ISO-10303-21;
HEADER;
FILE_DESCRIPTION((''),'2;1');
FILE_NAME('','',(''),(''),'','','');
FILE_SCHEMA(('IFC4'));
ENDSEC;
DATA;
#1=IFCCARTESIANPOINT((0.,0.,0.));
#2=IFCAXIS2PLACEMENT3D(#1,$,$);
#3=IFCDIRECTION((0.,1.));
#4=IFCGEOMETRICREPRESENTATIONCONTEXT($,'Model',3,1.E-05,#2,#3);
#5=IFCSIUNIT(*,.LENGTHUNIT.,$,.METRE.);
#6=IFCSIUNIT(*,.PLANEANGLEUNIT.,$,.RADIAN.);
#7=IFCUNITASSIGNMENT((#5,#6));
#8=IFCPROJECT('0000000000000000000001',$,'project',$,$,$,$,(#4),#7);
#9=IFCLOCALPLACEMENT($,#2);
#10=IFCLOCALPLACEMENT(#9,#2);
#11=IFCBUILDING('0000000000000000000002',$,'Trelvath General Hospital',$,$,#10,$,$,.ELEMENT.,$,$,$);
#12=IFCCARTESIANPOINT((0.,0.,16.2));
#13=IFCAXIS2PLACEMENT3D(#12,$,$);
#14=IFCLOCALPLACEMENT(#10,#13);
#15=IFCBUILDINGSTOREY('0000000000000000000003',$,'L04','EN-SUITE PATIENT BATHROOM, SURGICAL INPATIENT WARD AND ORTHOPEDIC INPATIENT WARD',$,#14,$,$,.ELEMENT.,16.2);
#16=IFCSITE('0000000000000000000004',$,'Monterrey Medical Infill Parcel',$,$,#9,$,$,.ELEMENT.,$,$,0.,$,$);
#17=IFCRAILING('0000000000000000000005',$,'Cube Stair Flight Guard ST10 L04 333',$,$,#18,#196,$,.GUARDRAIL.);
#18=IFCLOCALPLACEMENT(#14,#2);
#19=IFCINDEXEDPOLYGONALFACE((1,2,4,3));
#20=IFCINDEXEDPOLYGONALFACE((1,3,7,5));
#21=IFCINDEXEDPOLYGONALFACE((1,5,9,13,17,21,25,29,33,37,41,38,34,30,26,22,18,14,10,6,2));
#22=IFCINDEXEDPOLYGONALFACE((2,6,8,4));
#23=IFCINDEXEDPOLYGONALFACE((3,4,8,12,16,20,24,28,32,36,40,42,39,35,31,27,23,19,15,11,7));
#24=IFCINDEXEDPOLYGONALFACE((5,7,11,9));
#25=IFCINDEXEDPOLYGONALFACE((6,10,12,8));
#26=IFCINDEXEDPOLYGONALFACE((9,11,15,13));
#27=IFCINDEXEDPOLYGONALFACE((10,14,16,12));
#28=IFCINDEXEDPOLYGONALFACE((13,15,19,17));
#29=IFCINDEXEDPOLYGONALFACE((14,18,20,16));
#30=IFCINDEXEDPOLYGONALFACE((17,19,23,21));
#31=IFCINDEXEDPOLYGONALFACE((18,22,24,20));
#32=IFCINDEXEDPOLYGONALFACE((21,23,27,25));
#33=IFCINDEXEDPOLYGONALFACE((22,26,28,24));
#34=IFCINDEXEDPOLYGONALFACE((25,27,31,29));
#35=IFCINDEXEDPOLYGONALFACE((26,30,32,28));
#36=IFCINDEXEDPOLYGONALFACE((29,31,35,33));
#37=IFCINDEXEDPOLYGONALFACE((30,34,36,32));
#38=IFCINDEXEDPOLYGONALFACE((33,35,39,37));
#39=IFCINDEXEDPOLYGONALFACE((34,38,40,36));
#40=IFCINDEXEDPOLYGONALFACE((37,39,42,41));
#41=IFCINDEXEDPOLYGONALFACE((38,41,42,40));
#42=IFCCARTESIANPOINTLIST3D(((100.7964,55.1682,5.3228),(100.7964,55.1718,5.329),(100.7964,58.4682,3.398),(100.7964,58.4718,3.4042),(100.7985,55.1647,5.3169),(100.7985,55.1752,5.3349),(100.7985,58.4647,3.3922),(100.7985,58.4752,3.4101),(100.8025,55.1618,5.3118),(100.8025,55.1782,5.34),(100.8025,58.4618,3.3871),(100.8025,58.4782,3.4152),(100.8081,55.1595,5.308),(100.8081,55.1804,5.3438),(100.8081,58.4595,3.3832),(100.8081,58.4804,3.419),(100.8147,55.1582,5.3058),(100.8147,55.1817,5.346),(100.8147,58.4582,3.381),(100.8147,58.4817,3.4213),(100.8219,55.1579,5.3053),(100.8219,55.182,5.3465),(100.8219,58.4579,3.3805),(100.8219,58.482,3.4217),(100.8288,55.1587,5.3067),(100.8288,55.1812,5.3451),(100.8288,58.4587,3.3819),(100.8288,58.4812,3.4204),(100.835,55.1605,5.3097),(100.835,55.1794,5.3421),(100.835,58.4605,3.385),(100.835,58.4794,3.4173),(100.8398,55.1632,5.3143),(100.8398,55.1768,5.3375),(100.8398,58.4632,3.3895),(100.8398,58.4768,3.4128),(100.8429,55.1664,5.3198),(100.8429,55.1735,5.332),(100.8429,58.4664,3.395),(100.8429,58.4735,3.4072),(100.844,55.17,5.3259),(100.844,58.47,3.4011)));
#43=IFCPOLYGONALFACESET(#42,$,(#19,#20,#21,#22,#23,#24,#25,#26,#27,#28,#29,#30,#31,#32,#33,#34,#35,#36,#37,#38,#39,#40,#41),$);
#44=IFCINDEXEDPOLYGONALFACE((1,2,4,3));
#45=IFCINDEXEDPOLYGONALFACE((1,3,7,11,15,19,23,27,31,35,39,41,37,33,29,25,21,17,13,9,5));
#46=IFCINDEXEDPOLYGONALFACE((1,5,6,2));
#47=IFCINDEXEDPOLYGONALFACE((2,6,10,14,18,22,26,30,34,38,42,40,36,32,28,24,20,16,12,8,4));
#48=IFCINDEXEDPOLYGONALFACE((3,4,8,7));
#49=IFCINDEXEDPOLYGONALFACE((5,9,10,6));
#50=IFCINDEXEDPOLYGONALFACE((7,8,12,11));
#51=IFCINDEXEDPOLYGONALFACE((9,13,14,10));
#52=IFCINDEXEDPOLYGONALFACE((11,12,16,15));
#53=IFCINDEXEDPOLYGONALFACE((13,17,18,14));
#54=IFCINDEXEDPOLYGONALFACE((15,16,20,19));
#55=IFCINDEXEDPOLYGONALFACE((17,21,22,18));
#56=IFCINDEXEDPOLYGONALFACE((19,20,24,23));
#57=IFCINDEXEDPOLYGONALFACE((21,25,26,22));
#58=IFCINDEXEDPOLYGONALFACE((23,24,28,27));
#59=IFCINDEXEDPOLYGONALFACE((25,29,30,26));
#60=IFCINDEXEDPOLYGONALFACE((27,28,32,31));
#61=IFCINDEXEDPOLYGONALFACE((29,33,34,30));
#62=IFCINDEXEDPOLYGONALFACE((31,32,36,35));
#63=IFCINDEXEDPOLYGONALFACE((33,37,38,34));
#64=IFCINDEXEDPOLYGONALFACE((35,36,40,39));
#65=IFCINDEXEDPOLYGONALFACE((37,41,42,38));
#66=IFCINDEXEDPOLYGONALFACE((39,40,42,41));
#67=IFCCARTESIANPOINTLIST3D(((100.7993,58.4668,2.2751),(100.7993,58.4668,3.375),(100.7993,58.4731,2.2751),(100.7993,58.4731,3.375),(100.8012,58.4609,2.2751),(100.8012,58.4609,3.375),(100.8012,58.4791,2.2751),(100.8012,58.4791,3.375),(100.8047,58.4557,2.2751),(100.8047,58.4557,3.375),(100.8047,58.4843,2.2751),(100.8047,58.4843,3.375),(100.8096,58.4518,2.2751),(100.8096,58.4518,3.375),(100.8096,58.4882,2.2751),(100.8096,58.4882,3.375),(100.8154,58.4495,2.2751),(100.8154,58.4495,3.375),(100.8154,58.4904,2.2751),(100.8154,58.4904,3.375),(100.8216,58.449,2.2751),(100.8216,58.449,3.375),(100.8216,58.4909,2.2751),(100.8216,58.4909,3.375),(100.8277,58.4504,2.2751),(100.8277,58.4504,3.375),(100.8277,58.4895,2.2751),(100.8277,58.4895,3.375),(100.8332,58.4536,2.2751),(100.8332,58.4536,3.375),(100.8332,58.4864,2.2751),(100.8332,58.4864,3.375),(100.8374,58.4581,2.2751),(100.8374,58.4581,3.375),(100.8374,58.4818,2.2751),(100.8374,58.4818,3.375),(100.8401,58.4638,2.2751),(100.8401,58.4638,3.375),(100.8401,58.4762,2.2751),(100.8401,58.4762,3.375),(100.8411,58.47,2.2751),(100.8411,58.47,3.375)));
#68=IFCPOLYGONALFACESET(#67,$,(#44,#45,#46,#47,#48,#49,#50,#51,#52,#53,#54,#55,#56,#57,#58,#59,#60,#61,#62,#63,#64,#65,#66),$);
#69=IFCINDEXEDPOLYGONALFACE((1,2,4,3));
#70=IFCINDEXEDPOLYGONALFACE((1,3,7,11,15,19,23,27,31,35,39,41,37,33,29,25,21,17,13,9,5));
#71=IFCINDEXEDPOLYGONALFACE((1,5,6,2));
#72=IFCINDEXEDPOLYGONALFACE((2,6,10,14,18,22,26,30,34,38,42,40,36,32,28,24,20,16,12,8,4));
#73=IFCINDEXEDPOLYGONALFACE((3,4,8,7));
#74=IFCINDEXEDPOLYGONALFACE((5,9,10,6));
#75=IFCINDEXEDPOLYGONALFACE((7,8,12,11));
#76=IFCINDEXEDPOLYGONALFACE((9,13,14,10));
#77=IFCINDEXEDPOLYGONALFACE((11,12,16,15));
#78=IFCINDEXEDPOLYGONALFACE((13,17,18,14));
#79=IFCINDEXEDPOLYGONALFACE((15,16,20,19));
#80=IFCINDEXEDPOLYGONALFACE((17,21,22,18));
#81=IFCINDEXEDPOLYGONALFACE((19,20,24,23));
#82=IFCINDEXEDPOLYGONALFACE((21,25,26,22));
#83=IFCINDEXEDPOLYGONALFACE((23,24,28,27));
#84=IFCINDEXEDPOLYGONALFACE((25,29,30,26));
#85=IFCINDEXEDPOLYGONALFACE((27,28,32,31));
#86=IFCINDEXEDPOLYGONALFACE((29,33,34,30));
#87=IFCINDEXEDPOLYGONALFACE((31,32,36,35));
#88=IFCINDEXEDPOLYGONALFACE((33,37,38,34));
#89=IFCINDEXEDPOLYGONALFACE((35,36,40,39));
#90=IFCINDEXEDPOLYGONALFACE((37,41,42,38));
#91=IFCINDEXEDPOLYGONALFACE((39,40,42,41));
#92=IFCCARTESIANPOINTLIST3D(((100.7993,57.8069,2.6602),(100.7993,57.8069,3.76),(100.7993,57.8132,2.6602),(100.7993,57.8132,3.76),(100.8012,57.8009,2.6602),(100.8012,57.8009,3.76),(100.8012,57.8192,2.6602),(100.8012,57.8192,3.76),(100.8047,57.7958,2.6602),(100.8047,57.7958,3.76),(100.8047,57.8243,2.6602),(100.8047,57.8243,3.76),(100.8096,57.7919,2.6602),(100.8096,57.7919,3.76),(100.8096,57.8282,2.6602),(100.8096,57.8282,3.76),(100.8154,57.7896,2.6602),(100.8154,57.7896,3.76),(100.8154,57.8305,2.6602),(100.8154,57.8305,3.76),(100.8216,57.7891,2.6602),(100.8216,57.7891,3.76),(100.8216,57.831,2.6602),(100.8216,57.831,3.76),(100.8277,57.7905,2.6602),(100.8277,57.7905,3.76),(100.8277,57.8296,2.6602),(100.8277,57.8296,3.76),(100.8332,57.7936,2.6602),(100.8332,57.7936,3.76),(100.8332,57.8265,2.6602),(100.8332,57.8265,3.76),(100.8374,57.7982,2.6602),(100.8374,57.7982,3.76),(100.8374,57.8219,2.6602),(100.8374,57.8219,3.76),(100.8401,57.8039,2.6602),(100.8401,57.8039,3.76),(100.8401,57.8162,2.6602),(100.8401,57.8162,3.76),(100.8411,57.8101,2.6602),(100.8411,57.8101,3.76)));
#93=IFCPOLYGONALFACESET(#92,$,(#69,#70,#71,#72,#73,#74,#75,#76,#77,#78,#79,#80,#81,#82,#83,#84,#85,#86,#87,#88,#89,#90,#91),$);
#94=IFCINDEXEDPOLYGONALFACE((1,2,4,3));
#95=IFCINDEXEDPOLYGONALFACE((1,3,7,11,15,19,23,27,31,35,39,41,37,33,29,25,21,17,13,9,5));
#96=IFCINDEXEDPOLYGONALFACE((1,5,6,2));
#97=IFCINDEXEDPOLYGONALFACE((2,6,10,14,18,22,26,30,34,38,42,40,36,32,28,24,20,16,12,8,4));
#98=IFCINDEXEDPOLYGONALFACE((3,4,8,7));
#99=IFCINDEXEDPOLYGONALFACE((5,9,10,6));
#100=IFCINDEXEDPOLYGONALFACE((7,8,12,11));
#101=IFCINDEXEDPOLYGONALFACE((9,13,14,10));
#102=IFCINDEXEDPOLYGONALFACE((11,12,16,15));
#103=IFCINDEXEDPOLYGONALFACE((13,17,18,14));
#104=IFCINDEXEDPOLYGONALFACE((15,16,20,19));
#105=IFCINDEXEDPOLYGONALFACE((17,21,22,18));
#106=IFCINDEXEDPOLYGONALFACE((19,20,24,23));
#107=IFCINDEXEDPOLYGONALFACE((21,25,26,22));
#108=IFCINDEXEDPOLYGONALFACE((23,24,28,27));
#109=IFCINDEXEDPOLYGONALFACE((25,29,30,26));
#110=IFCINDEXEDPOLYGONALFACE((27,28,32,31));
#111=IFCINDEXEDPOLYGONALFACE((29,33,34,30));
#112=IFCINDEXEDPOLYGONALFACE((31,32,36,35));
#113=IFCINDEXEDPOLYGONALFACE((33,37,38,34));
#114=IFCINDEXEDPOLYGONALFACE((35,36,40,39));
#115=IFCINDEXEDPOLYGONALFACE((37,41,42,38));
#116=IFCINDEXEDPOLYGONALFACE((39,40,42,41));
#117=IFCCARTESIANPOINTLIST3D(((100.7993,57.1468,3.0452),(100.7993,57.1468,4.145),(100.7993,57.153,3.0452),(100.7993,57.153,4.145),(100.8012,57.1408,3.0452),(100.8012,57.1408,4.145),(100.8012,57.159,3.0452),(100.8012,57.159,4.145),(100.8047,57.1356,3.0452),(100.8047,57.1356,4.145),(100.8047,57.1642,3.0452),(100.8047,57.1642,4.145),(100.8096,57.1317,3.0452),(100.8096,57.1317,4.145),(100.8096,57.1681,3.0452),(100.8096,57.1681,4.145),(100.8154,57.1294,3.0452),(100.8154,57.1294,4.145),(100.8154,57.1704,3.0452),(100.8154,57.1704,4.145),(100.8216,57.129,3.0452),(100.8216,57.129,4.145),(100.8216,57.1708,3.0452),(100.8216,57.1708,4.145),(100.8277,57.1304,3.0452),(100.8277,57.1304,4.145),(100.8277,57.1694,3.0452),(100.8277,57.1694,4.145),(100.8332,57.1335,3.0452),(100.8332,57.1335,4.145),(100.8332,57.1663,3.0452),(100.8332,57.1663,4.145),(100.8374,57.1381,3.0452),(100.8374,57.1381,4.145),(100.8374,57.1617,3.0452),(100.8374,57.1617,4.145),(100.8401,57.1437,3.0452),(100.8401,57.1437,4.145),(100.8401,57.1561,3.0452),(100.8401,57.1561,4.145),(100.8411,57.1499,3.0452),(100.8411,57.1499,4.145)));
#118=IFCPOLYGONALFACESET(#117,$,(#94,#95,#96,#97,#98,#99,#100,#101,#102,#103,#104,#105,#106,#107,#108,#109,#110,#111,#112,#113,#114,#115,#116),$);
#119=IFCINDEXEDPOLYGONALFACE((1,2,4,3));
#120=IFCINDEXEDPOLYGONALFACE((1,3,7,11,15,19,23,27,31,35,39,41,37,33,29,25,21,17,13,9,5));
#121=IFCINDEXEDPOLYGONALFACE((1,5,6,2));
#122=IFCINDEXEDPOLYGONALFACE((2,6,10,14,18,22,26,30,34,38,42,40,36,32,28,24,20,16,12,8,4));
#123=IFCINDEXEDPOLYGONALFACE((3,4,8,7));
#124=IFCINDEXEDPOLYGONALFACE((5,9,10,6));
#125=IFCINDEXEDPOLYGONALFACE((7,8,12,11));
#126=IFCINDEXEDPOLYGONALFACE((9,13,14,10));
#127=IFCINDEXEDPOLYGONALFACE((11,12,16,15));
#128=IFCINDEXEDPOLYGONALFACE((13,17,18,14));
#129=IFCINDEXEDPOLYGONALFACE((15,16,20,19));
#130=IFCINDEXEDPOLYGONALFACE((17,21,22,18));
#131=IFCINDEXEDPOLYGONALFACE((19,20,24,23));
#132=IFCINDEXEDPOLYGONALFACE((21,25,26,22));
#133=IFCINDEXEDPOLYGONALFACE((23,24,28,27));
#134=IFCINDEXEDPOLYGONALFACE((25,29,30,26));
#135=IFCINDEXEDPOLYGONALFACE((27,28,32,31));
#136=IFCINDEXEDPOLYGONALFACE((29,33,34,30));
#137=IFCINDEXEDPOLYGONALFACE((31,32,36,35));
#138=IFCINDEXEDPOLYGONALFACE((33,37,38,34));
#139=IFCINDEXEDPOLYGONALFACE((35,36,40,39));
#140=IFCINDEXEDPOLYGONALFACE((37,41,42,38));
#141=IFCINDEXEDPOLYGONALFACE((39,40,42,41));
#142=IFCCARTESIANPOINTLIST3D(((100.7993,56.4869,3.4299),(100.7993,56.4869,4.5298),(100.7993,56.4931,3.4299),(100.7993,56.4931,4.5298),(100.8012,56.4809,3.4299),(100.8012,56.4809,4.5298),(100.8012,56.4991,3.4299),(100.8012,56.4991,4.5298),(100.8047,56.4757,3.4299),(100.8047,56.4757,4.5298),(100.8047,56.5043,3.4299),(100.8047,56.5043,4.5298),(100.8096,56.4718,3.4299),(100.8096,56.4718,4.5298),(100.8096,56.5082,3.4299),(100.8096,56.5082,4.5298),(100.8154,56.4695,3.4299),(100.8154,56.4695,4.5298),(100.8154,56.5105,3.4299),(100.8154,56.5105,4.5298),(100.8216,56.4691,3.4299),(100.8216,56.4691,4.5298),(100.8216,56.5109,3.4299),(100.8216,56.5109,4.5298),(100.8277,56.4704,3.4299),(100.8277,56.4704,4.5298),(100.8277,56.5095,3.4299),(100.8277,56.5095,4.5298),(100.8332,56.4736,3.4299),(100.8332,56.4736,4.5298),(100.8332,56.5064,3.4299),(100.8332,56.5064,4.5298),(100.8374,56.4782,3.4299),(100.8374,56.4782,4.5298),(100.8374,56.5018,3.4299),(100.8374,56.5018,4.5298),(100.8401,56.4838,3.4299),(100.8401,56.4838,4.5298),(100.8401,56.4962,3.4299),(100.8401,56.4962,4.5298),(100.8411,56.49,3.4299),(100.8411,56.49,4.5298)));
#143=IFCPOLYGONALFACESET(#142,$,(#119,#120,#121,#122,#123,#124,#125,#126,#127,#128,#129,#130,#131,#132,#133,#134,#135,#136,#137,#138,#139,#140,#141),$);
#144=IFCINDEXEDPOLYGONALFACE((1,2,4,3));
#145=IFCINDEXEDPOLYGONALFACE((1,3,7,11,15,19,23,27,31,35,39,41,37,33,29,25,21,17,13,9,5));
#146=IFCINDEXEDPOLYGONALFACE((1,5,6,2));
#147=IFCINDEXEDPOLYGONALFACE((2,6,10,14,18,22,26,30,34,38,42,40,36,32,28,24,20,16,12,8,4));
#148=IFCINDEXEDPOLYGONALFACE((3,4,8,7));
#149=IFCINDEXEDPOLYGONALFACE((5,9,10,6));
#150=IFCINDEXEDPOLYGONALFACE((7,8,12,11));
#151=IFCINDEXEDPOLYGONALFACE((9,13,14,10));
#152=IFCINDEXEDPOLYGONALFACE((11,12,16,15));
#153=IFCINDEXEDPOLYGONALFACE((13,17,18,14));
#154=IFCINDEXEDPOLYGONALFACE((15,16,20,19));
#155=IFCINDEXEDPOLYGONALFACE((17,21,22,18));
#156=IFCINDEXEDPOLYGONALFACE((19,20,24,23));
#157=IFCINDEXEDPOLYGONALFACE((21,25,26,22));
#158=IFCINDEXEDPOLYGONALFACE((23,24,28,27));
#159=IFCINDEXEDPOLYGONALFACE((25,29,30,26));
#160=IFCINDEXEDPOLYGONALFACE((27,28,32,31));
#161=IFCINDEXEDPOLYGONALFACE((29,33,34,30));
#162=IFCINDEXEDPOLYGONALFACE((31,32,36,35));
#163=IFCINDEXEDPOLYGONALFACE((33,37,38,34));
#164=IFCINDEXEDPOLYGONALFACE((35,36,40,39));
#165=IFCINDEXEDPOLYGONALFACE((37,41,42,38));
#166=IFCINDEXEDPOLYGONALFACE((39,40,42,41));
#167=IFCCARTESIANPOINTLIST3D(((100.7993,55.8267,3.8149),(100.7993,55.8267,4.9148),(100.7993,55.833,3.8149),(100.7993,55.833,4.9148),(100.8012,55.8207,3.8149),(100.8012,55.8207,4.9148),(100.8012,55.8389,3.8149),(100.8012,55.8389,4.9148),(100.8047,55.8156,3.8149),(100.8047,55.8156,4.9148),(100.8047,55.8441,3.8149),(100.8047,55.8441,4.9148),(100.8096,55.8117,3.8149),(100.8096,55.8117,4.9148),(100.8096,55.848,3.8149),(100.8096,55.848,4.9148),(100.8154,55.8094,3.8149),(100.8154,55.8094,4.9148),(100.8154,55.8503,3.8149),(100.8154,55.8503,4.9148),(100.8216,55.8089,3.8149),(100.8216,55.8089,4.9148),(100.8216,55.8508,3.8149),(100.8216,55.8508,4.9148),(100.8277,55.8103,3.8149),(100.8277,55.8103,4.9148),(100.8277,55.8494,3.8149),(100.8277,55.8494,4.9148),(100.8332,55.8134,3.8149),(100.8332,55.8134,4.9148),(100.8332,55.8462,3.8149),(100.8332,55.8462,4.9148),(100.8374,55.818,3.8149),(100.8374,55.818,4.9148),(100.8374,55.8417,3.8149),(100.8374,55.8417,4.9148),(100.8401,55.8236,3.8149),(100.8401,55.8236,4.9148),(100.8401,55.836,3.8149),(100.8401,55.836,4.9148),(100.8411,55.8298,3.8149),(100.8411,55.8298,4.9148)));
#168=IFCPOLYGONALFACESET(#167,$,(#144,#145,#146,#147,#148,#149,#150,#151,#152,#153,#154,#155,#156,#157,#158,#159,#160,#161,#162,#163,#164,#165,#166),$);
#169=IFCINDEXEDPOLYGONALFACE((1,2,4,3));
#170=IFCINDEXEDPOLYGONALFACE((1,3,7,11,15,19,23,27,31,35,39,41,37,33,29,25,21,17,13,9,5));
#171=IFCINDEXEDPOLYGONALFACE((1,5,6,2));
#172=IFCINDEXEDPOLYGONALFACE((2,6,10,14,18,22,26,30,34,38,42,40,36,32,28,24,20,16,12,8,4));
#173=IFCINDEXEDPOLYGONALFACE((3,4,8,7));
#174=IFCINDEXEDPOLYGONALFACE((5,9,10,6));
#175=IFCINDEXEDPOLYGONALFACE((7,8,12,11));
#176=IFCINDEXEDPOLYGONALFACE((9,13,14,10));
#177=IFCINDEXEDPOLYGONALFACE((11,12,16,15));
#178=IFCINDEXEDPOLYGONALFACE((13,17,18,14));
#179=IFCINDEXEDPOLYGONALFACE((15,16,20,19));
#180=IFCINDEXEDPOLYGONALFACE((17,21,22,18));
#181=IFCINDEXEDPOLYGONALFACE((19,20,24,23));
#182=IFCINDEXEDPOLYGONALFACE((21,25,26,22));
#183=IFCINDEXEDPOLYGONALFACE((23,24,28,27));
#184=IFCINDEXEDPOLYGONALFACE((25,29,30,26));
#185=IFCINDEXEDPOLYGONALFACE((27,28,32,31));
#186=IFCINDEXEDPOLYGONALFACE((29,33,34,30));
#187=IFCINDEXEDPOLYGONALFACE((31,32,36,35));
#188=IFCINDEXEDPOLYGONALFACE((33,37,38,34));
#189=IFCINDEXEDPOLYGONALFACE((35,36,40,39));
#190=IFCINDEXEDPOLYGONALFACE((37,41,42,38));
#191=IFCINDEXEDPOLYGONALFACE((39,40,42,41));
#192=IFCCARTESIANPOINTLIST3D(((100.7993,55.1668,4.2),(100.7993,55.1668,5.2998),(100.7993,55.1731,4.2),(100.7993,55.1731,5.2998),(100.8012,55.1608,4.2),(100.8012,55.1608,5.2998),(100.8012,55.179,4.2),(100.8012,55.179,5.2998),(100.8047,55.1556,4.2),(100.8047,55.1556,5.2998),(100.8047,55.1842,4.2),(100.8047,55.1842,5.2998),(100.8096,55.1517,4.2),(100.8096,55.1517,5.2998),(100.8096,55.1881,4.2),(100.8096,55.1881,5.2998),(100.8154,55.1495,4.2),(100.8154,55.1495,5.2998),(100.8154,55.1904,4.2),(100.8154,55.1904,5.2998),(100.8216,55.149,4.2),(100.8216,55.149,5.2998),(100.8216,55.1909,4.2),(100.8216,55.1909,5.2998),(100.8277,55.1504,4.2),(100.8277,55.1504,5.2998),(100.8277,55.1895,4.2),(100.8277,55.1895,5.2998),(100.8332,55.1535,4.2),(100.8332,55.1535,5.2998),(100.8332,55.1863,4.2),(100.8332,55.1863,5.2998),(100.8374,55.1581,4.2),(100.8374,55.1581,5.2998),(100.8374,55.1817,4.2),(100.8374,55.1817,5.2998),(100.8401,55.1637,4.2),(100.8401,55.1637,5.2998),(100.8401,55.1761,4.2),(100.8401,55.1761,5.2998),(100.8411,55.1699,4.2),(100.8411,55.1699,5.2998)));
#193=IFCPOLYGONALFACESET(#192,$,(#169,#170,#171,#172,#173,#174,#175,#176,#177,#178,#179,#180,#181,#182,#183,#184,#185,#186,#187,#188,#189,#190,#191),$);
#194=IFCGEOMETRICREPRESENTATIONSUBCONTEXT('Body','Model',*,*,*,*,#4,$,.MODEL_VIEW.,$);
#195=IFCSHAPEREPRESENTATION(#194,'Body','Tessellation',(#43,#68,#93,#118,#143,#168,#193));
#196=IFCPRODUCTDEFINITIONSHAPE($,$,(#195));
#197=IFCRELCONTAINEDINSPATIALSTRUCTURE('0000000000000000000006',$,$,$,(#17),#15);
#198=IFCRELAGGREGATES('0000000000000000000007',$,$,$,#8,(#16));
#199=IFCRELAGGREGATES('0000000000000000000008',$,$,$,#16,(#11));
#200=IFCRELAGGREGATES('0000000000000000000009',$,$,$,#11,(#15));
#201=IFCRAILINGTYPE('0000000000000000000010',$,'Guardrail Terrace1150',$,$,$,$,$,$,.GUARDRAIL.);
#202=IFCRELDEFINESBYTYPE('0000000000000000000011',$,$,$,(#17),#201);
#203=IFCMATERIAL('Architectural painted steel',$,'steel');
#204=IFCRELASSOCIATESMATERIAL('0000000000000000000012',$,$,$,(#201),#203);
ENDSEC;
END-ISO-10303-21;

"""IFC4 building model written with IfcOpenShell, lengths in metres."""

from ifc_helpers import new_model, si_unit, direction, frame, origin, origin_2d, place, context, subcontext, project, spatial, circle, extrude, material, type_object, element, save


model = new_model("IFC4")

# Units and contexts
model_context = context("Model", 3, precision=1e-05, world=origin(), true_north=direction((0.0, 1.0)))
body_context = subcontext(model_context, "Body", "Model", "MODEL_VIEW")
ifc_project = project(units=[si_unit("LENGTHUNIT", "METRE"), si_unit("PLANEANGLEUNIT", "RADIAN")], contexts=[model_context])

# Site, building, storey
site_placement = place(None, origin())
site = spatial("IfcSite", under=ifc_project, at=site_placement, Name="Monterrey Medical Infill Parcel", CompositionType="ELEMENT", RefElevation=0.0)
building_placement = place(site_placement, origin())
building = spatial("IfcBuilding", under=site, at=building_placement, Name="Trelvath General Hospital", CompositionType="ELEMENT")
storey_placement = place(building_placement, frame((0.0, 0.0, 16.2)))
storey = spatial("IfcBuildingStorey", under=building, at=storey_placement, Name="L04", Description="EN-SUITE PATIENT BATHROOM, SURGICAL INPATIENT WARD AND ORTHOPEDIC INPATIENT WARD", CompositionType="ELEMENT", Elevation=16.2)

# Railing
ifc_material_1 = material(Name="Architectural painted steel", Category="steel")
railing_type = type_object("IfcRailingType", Name="Guardrail Terrace1150", PredefinedType="GUARDRAIL", material=ifc_material_1)
for number, where, name in (
    (1, (100.8201, 58.47, 2.2751), "Cube Stair Flight Guard ST10 L04 333"),
):
    element("IfcRailing", number, at=place(storey_placement, frame(where)), inside=storey, type_object=railing_type, Name=name, PredefinedType="GUARDRAIL", context=body_context, shape_type="SweptSolid", body=[
        extrude(circle(Radius=0.0239, at=origin_2d()), frame((0.0, 0.0, 1.126), z_axis=(0.0, -0.863804, 0.503827), x_axis=(1.0, 0.0, 0.0)), (0.0, 0.0, 1.0), 3.8203),
        extrude(circle(Radius=0.021, at=origin_2d()), origin(), (0.0, 0.0, 1.0), 1.0999),
        extrude(circle(Radius=0.021, at=origin_2d()), frame((0.0, -0.6599, 0.385)), (0.0, 0.0, 1.0), 1.0999),
        extrude(circle(Radius=0.021, at=origin_2d()), frame((0.0, -1.3201, 0.77)), (0.0, 0.0, 1.0), 1.0999),
        extrude(circle(Radius=0.021, at=origin_2d()), frame((0.0, -1.98, 1.1548)), (0.0, 0.0, 1.0), 1.0999),
        extrude(circle(Radius=0.021, at=origin_2d()), frame((0.0, -2.6401, 1.5398)), (0.0, 0.0, 1.0), 1.0999),
        extrude(circle(Radius=0.021, at=origin_2d()), frame((0.0, -3.3, 1.9248)), (0.0, 0.0, 1.0), 1.0999),
    ])

save(model, "model.ifc")
